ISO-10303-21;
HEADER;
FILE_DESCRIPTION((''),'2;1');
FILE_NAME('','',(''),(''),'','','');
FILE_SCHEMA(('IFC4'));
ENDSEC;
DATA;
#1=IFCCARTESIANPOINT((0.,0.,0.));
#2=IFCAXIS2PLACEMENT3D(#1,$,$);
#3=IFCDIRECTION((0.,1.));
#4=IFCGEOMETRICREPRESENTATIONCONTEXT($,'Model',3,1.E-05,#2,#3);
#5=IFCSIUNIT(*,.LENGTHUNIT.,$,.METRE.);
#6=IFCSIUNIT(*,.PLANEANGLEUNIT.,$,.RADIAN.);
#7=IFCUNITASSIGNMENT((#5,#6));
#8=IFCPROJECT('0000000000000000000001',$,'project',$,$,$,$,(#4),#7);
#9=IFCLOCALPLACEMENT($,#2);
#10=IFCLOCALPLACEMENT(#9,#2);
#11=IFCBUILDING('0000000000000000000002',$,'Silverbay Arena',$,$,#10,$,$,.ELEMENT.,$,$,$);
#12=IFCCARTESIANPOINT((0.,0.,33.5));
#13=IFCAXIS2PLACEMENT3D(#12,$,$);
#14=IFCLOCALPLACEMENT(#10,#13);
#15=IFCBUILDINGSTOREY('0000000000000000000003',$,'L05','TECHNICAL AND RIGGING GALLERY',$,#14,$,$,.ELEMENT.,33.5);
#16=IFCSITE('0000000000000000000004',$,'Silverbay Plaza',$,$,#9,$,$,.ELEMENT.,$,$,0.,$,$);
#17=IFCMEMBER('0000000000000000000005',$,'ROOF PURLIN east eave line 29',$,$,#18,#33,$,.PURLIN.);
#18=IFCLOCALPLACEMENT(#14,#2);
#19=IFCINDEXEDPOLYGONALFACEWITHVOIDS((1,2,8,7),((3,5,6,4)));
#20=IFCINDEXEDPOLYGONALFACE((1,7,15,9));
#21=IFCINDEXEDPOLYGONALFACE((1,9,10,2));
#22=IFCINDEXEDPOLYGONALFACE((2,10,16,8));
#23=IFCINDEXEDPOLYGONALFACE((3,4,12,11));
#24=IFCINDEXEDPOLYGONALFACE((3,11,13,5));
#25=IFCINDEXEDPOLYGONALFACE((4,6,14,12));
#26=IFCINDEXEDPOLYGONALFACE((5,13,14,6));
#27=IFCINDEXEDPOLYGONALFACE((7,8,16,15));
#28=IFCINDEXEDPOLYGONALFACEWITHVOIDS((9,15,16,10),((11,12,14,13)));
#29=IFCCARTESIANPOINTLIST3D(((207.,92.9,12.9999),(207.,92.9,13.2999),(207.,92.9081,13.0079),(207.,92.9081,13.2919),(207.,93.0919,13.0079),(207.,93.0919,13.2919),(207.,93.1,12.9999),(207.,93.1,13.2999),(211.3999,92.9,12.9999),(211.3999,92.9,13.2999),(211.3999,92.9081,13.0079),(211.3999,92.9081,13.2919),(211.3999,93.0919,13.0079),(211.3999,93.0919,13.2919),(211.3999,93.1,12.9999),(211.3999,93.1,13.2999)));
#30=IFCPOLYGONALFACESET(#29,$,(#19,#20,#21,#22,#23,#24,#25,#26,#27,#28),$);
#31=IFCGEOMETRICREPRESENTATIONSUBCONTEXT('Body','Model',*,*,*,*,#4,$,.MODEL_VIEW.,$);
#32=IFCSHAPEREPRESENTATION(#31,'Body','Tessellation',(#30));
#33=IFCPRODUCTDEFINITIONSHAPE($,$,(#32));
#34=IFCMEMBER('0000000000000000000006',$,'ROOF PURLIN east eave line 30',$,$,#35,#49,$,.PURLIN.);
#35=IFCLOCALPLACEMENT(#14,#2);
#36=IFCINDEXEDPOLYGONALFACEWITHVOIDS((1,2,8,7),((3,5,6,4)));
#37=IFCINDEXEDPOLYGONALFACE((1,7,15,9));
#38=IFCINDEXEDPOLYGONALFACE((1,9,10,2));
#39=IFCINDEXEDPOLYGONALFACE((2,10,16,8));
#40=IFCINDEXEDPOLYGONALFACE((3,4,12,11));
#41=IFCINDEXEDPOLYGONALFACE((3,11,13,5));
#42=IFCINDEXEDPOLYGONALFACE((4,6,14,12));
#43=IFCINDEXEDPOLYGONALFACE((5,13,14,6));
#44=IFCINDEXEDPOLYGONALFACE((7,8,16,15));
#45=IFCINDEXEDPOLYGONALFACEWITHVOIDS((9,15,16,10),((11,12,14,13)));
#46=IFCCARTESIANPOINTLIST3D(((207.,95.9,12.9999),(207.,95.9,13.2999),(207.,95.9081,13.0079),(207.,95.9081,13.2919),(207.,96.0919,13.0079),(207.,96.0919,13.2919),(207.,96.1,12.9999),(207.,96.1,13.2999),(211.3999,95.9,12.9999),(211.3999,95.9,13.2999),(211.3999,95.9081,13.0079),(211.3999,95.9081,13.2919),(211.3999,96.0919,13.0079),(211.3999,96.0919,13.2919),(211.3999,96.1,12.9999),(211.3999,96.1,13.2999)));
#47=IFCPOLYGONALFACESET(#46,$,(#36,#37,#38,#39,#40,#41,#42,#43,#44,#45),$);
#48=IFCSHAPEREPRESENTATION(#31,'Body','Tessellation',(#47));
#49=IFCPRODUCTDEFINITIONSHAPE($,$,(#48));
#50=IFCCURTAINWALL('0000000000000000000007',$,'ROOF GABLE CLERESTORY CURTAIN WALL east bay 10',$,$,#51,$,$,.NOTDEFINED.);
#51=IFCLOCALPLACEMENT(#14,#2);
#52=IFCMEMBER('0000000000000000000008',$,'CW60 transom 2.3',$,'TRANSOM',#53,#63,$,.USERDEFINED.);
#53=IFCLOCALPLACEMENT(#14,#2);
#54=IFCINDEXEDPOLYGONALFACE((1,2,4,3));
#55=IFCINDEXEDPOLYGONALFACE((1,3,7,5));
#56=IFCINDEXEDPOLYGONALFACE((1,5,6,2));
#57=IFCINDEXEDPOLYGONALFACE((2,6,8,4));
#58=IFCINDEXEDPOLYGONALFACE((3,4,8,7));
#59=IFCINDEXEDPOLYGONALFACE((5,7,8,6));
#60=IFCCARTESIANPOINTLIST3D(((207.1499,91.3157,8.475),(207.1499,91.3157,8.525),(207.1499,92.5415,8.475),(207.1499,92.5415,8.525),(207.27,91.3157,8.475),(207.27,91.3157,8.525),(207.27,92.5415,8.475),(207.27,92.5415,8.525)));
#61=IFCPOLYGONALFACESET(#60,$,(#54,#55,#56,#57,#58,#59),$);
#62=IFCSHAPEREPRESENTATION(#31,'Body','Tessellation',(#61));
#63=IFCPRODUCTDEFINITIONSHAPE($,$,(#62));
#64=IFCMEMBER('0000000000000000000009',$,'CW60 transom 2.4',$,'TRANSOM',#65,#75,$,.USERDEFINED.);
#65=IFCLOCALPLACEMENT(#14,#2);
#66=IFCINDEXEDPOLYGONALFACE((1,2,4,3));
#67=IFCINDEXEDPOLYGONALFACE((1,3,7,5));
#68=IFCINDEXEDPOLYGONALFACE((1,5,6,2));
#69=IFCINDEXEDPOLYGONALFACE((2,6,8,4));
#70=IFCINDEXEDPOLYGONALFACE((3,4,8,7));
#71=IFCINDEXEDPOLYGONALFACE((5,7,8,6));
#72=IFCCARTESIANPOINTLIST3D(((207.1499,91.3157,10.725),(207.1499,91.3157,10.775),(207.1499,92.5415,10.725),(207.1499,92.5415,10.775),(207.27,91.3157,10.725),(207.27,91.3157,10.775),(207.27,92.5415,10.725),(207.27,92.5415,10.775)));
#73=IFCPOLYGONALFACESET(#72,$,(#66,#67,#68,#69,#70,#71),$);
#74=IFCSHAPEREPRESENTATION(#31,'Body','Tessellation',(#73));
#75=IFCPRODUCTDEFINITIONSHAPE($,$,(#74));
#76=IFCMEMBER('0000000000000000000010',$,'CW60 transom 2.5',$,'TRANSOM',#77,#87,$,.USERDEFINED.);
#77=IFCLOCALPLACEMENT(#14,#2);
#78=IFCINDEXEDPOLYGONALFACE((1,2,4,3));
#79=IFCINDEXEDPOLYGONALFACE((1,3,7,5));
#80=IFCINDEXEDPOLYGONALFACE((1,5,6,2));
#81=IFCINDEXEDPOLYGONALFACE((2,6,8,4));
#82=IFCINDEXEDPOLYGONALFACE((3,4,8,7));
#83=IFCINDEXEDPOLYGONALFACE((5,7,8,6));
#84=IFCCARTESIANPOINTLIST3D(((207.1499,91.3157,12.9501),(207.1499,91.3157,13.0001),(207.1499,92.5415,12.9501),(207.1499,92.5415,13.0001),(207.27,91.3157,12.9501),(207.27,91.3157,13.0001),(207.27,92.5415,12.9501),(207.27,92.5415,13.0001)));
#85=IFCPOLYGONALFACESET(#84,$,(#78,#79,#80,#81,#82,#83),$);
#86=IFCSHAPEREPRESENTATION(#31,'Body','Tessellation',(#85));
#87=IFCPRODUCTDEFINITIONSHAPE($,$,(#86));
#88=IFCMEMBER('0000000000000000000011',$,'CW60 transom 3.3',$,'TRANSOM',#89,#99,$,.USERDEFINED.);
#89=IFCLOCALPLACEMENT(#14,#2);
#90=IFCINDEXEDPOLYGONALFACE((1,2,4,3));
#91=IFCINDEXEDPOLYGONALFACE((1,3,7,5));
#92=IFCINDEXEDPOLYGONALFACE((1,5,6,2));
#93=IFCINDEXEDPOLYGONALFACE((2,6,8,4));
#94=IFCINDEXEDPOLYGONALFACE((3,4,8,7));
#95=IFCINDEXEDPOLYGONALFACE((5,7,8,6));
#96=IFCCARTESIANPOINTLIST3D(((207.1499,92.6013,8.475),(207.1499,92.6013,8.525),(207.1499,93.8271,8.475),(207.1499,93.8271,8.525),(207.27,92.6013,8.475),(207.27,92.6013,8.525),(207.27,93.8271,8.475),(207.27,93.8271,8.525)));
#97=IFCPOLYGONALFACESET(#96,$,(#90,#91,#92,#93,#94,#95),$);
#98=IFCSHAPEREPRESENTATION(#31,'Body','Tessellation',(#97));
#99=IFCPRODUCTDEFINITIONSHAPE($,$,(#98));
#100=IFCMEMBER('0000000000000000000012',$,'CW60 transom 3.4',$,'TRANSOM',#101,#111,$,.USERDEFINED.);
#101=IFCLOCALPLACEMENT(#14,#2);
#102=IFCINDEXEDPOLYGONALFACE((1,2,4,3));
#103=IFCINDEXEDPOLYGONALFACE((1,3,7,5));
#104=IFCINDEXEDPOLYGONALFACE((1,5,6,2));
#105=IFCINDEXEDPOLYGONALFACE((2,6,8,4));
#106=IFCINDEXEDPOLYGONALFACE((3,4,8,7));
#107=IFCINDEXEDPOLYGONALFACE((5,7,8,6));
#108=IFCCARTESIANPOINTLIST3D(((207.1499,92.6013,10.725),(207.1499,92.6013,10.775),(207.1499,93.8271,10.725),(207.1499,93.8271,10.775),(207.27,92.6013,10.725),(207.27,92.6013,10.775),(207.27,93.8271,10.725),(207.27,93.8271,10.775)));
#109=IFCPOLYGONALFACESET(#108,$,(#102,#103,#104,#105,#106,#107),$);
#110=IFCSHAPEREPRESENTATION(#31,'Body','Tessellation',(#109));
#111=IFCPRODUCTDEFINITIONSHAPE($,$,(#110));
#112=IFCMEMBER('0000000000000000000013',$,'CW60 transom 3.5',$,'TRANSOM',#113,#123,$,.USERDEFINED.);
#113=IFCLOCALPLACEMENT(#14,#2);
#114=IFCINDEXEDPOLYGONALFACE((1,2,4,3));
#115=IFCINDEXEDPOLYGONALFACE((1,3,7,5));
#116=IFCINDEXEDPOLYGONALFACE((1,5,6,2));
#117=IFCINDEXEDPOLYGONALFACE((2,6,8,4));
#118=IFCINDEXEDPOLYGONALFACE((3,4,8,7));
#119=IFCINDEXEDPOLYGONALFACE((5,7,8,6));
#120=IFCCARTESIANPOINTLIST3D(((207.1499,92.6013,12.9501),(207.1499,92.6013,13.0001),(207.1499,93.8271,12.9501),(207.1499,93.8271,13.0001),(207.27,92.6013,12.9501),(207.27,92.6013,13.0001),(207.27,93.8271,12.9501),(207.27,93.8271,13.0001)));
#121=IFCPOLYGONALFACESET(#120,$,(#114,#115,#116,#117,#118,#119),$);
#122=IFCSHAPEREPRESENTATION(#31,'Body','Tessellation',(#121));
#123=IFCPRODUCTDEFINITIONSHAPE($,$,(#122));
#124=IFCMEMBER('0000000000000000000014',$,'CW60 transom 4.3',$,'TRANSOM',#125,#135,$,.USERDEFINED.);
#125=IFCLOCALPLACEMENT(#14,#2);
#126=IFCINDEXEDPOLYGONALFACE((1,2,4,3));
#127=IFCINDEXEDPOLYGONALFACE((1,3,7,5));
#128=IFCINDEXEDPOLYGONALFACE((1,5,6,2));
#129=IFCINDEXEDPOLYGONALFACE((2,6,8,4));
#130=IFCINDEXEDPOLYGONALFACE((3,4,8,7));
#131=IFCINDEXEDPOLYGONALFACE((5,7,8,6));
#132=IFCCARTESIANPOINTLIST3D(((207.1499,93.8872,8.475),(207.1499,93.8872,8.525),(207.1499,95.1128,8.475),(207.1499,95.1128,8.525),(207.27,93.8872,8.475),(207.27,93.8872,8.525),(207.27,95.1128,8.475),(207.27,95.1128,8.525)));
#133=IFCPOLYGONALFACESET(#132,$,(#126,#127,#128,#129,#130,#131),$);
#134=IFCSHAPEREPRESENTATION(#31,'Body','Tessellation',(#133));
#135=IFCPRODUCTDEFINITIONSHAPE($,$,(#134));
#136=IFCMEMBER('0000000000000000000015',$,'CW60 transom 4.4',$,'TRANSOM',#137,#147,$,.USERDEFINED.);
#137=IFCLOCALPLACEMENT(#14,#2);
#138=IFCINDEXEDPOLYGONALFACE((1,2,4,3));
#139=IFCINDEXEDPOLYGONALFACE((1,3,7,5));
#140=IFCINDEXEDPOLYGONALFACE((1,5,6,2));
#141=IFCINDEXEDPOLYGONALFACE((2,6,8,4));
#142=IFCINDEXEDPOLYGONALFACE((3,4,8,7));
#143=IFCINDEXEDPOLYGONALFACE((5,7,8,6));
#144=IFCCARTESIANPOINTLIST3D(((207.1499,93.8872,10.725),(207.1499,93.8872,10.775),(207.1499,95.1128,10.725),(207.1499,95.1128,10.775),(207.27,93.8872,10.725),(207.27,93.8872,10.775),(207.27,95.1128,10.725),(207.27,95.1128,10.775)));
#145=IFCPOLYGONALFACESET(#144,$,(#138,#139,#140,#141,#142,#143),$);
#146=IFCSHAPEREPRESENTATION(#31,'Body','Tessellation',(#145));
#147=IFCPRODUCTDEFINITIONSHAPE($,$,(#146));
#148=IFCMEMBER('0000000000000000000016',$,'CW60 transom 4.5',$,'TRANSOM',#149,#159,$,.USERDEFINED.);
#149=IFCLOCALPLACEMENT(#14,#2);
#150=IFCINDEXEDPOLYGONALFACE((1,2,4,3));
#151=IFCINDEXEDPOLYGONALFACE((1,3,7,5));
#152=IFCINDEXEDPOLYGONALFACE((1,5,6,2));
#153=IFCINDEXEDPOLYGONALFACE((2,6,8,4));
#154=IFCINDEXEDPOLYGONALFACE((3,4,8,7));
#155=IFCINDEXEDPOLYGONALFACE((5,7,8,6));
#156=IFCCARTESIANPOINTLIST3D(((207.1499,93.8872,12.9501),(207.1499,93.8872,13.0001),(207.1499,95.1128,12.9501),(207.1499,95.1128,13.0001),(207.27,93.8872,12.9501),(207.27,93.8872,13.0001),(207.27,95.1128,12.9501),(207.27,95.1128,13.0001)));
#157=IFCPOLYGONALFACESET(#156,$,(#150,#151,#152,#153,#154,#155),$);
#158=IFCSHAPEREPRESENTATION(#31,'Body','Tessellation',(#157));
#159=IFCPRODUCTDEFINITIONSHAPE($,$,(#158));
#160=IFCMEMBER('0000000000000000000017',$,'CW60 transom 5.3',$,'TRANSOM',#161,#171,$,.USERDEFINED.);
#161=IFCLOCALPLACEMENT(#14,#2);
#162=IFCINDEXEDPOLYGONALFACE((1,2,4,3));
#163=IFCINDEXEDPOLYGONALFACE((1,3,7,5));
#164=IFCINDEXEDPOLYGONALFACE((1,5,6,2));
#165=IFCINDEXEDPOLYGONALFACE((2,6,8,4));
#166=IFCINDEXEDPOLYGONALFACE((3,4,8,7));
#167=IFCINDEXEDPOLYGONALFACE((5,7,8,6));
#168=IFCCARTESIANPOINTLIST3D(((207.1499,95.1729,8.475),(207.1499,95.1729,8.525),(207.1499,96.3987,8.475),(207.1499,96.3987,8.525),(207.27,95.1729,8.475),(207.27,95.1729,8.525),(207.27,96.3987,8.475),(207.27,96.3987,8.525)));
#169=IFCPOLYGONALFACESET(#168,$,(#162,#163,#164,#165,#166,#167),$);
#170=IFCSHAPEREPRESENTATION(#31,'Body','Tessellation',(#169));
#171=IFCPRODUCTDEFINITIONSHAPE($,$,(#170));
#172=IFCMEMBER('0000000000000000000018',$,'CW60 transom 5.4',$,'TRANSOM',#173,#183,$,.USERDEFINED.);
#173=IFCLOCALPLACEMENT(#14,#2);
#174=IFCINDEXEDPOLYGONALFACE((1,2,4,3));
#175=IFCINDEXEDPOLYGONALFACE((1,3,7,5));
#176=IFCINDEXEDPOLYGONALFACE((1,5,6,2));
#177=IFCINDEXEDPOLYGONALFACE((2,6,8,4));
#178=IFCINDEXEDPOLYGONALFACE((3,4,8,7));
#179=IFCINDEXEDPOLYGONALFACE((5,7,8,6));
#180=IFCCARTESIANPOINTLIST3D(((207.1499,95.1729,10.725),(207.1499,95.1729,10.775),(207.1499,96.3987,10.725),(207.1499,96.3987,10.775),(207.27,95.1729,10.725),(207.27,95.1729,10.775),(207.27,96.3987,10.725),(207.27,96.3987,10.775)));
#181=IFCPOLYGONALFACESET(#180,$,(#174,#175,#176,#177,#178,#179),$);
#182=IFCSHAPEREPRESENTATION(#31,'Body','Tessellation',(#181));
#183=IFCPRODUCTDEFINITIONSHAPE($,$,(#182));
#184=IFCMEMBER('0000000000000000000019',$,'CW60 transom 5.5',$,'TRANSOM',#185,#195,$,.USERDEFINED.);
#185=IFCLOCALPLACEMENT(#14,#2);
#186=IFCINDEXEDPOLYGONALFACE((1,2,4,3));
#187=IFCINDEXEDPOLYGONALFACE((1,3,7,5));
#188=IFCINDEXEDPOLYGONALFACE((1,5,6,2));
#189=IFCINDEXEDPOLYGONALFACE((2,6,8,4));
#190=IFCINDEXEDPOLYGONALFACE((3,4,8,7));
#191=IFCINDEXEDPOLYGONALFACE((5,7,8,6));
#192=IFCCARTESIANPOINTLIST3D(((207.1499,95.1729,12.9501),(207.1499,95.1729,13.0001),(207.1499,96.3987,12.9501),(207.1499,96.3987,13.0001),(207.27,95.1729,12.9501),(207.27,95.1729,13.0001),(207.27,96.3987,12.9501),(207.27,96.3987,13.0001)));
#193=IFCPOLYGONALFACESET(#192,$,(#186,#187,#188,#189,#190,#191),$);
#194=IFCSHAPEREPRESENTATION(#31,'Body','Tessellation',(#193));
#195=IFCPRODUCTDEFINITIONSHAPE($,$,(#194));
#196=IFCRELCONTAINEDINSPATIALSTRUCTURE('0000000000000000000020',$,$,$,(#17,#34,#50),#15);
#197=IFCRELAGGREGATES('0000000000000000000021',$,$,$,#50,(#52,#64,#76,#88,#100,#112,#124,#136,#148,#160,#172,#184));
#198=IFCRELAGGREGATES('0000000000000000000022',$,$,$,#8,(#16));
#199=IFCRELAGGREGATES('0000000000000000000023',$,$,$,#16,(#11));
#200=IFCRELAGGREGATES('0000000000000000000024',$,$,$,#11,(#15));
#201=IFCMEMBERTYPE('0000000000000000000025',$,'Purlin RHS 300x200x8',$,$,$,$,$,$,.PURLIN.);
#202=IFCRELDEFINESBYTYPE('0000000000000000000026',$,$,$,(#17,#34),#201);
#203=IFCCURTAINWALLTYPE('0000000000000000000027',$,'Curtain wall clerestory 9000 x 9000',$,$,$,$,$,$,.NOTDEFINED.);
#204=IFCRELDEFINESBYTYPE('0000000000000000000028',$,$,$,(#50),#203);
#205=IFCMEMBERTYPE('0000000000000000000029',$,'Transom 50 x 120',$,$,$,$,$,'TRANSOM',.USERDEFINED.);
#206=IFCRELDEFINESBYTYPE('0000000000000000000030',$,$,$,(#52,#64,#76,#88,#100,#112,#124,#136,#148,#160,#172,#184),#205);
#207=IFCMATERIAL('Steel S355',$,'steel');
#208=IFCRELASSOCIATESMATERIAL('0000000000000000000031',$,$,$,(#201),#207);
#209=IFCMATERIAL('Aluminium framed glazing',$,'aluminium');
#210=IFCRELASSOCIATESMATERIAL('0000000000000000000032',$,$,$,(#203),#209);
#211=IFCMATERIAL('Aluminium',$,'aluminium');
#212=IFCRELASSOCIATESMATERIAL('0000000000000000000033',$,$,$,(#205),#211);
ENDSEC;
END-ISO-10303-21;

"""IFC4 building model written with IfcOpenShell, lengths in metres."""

from ifc_helpers import new_model, si_unit, direction, frame, origin, origin_2d, place, context, subcontext, project, spatial, rectangle, hollow_rectangle, extrude, material, material_profile, profile_set, type_object, element, aggregate, save


model = new_model("IFC4")

# Units and contexts
model_context = context("Model", 3, precision=1e-05, world=origin(), true_north=direction((0.0, 1.0)))
body_context = subcontext(model_context, "Body", "Model", "MODEL_VIEW")
ifc_project = project(units=[si_unit("LENGTHUNIT", "METRE"), si_unit("PLANEANGLEUNIT", "RADIAN")], contexts=[model_context])

# Site, building, storey
site_placement = place(None, origin())
site = spatial("IfcSite", under=ifc_project, at=site_placement, Name="Silverbay Plaza", CompositionType="ELEMENT", RefElevation=0.0)
building_placement = place(site_placement, origin())
building = spatial("IfcBuilding", under=site, at=building_placement, Name="Silverbay Arena", CompositionType="ELEMENT")
storey_placement = place(building_placement, frame((0.0, 0.0, 33.5)))
storey = spatial("IfcBuildingStorey", under=building, at=storey_placement, Name="L05", Description="TECHNICAL AND RIGGING GALLERY", CompositionType="ELEMENT", Elevation=33.5)

# Members
ifc_material_1 = material(Name="Steel S355", Category="steel")
ifc_material_profile_1 = material_profile(ifc_material_1, hollow_rectangle(XDim=0.2, YDim=0.3, WallThickness=0.0081, at=origin_2d()), Name="RHS 300x200x8")
ifc_profile_set_1 = profile_set([ifc_material_profile_1], Name="Steel S355")
member_type_1 = type_object("IfcMemberType", Name="Purlin RHS 300x200x8", PredefinedType="PURLIN", material=ifc_profile_set_1)
for number, where, z_axis, x_axis, name in (
    (1, (211.3999, 93.0, 13.1499), (-1.0, 0.0, 0.0), (0.0, -1.0, 0.0), "ROOF PURLIN east eave line 29"),
    (2, (211.3999, 96.0, 13.1499), (-1.0, 0.0, 0.0), (0.0, -1.0, 0.0), "ROOF PURLIN east eave line 30"),
):
    element("IfcMember", number, at=place(storey_placement, frame(where, z_axis=z_axis, x_axis=x_axis)), inside=storey, type_object=member_type_1, Name=name, PredefinedType="PURLIN", context=body_context, shape_type="SweptSolid", body=[
        extrude(hollow_rectangle(XDim=0.2, YDim=0.3, WallThickness=0.0081, at=origin_2d()), origin(), (0.0, 0.0, 1.0), 4.3999),
    ])

# Curtain wall, members
ifc_material_2 = material(Name="Aluminium framed glazing", Category="aluminium")
curtain_wall_type = type_object("IfcCurtainWallType", Name="Curtain wall clerestory 9000 x 9000", PredefinedType="NOTDEFINED", material=ifc_material_2)
curtain_wall_placement = place(storey_placement, origin())
curtain_wall = element("IfcCurtainWall", 3, at=curtain_wall_placement, inside=storey, type_object=curtain_wall_type, Name="ROOF GABLE CLERESTORY CURTAIN WALL east bay 10", PredefinedType="NOTDEFINED")
ifc_material_3 = material(Name="Aluminium", Category="aluminium")
ifc_material_profile_2 = material_profile(ifc_material_3, rectangle(XDim=0.1201, YDim=0.05, at=origin_2d()), Name="Transom 50 x 120")
ifc_profile_set_2 = profile_set([ifc_material_profile_2], Name="Aluminium")
member_type_2 = type_object("IfcMemberType", Name="Transom 50 x 120", ElementType="TRANSOM", PredefinedType="USERDEFINED", material=ifc_profile_set_2)
member_1_placement = place(storey_placement, frame((207.21, 91.3157, 8.5), z_axis=(0.0, 1.0, 0.0), x_axis=(-1.0, 0.0, 0.0)))
member_1 = element("IfcMember", 4, at=member_1_placement, type_object=member_type_2, Name="CW60 transom 2.3", ObjectType="TRANSOM", PredefinedType="USERDEFINED", context=body_context, shape_type="SweptSolid", body=[
    extrude(rectangle(XDim=0.1201, YDim=0.05, at=origin_2d()), origin(), (0.0, 0.0, 1.0), 1.2258),
])
member_2_placement = place(storey_placement, frame((207.21, 91.3157, 10.75), z_axis=(0.0, 1.0, 0.0), x_axis=(-1.0, 0.0, 0.0)))
member_2 = element("IfcMember", 5, at=member_2_placement, type_object=member_type_2, Name="CW60 transom 2.4", ObjectType="TRANSOM", PredefinedType="USERDEFINED", context=body_context, shape_type="SweptSolid", body=[
    extrude(rectangle(XDim=0.1201, YDim=0.05, at=origin_2d()), origin(), (0.0, 0.0, 1.0), 1.2258),
])
member_3_placement = place(storey_placement, frame((207.21, 91.3157, 12.9751), z_axis=(0.0, 1.0, 0.0), x_axis=(-1.0, 0.0, 0.0)))
member_3 = element("IfcMember", 6, at=member_3_placement, type_object=member_type_2, Name="CW60 transom 2.5", ObjectType="TRANSOM", PredefinedType="USERDEFINED", context=body_context, shape_type="SweptSolid", body=[
    extrude(rectangle(XDim=0.1201, YDim=0.05, at=origin_2d()), origin(), (0.0, 0.0, 1.0), 1.2258),
])
member_4_placement = place(storey_placement, frame((207.21, 92.6013, 8.5), z_axis=(0.0, 1.0, 0.0), x_axis=(-1.0, 0.0, 0.0)))
member_4 = element("IfcMember", 7, at=member_4_placement, type_object=member_type_2, Name="CW60 transom 3.3", ObjectType="TRANSOM", PredefinedType="USERDEFINED", context=body_context, shape_type="SweptSolid", body=[
    extrude(rectangle(XDim=0.1201, YDim=0.05, at=origin_2d()), origin(), (0.0, 0.0, 1.0), 1.2258),
])
member_5_placement = place(storey_placement, frame((207.21, 92.6013, 10.75), z_axis=(0.0, 1.0, 0.0), x_axis=(-1.0, 0.0, 0.0)))
member_5 = element("IfcMember", 8, at=member_5_placement, type_object=member_type_2, Name="CW60 transom 3.4", ObjectType="TRANSOM", PredefinedType="USERDEFINED", context=body_context, shape_type="SweptSolid", body=[
    extrude(rectangle(XDim=0.1201, YDim=0.05, at=origin_2d()), origin(), (0.0, 0.0, 1.0), 1.2258),
])
member_6_placement = place(storey_placement, frame((207.21, 92.6013, 12.9751), z_axis=(0.0, 1.0, 0.0), x_axis=(-1.0, 0.0, 0.0)))
member_6 = element("IfcMember", 9, at=member_6_placement, type_object=member_type_2, Name="CW60 transom 3.5", ObjectType="TRANSOM", PredefinedType="USERDEFINED", context=body_context, shape_type="SweptSolid", body=[
    extrude(rectangle(XDim=0.1201, YDim=0.05, at=origin_2d()), origin(), (0.0, 0.0, 1.0), 1.2258),
])
member_7_placement = place(storey_placement, frame((207.21, 93.8872, 8.5), z_axis=(0.0, 1.0, 0.0), x_axis=(-1.0, 0.0, 0.0)))
member_7 = element("IfcMember", 10, at=member_7_placement, type_object=member_type_2, Name="CW60 transom 4.3", ObjectType="TRANSOM", PredefinedType="USERDEFINED", context=body_context, shape_type="SweptSolid", body=[
    extrude(rectangle(XDim=0.1201, YDim=0.05, at=origin_2d()), origin(), (0.0, 0.0, 1.0), 1.2256),
])
member_8_placement = place(storey_placement, frame((207.21, 93.8872, 10.75), z_axis=(0.0, 1.0, 0.0), x_axis=(-1.0, 0.0, 0.0)))
member_8 = element("IfcMember", 11, at=member_8_placement, type_object=member_type_2, Name="CW60 transom 4.4", ObjectType="TRANSOM", PredefinedType="USERDEFINED", context=body_context, shape_type="SweptSolid", body=[
    extrude(rectangle(XDim=0.1201, YDim=0.05, at=origin_2d()), origin(), (0.0, 0.0, 1.0), 1.2256),
])
member_9_placement = place(storey_placement, frame((207.21, 93.8872, 12.9751), z_axis=(0.0, 1.0, 0.0), x_axis=(-1.0, 0.0, 0.0)))
member_9 = element("IfcMember", 12, at=member_9_placement, type_object=member_type_2, Name="CW60 transom 4.5", ObjectType="TRANSOM", PredefinedType="USERDEFINED", context=body_context, shape_type="SweptSolid", body=[
    extrude(rectangle(XDim=0.1201, YDim=0.05, at=origin_2d()), origin(), (0.0, 0.0, 1.0), 1.2256),
])
member_10_placement = place(storey_placement, frame((207.21, 95.1729, 8.5), z_axis=(0.0, 1.0, 0.0), x_axis=(-1.0, 0.0, 0.0)))
member_10 = element("IfcMember", 13, at=member_10_placement, type_object=member_type_2, Name="CW60 transom 5.3", ObjectType="TRANSOM", PredefinedType="USERDEFINED", context=body_context, shape_type="SweptSolid", body=[
    extrude(rectangle(XDim=0.1201, YDim=0.05, at=origin_2d()), origin(), (0.0, 0.0, 1.0), 1.2258),
])
member_11_placement = place(storey_placement, frame((207.21, 95.1729, 10.75), z_axis=(0.0, 1.0, 0.0), x_axis=(-1.0, 0.0, 0.0)))
member_11 = element("IfcMember", 14, at=member_11_placement, type_object=member_type_2, Name="CW60 transom 5.4", ObjectType="TRANSOM", PredefinedType="USERDEFINED", context=body_context, shape_type="SweptSolid", body=[
    extrude(rectangle(XDim=0.1201, YDim=0.05, at=origin_2d()), origin(), (0.0, 0.0, 1.0), 1.2258),
])
member_12_placement = place(storey_placement, frame((207.21, 95.1729, 12.9751), z_axis=(0.0, 1.0, 0.0), x_axis=(-1.0, 0.0, 0.0)))
member_12 = element("IfcMember", 15, at=member_12_placement, type_object=member_type_2, Name="CW60 transom 5.5", ObjectType="TRANSOM", PredefinedType="USERDEFINED", context=body_context, shape_type="SweptSolid", body=[
    extrude(rectangle(XDim=0.1201, YDim=0.05, at=origin_2d()), origin(), (0.0, 0.0, 1.0), 1.2258),
])
aggregate(curtain_wall, [member_1, member_2, member_3, member_4, member_5, member_6, member_7, member_8, member_9, member_10, member_11, member_12])

save(model, "model.ifc")
